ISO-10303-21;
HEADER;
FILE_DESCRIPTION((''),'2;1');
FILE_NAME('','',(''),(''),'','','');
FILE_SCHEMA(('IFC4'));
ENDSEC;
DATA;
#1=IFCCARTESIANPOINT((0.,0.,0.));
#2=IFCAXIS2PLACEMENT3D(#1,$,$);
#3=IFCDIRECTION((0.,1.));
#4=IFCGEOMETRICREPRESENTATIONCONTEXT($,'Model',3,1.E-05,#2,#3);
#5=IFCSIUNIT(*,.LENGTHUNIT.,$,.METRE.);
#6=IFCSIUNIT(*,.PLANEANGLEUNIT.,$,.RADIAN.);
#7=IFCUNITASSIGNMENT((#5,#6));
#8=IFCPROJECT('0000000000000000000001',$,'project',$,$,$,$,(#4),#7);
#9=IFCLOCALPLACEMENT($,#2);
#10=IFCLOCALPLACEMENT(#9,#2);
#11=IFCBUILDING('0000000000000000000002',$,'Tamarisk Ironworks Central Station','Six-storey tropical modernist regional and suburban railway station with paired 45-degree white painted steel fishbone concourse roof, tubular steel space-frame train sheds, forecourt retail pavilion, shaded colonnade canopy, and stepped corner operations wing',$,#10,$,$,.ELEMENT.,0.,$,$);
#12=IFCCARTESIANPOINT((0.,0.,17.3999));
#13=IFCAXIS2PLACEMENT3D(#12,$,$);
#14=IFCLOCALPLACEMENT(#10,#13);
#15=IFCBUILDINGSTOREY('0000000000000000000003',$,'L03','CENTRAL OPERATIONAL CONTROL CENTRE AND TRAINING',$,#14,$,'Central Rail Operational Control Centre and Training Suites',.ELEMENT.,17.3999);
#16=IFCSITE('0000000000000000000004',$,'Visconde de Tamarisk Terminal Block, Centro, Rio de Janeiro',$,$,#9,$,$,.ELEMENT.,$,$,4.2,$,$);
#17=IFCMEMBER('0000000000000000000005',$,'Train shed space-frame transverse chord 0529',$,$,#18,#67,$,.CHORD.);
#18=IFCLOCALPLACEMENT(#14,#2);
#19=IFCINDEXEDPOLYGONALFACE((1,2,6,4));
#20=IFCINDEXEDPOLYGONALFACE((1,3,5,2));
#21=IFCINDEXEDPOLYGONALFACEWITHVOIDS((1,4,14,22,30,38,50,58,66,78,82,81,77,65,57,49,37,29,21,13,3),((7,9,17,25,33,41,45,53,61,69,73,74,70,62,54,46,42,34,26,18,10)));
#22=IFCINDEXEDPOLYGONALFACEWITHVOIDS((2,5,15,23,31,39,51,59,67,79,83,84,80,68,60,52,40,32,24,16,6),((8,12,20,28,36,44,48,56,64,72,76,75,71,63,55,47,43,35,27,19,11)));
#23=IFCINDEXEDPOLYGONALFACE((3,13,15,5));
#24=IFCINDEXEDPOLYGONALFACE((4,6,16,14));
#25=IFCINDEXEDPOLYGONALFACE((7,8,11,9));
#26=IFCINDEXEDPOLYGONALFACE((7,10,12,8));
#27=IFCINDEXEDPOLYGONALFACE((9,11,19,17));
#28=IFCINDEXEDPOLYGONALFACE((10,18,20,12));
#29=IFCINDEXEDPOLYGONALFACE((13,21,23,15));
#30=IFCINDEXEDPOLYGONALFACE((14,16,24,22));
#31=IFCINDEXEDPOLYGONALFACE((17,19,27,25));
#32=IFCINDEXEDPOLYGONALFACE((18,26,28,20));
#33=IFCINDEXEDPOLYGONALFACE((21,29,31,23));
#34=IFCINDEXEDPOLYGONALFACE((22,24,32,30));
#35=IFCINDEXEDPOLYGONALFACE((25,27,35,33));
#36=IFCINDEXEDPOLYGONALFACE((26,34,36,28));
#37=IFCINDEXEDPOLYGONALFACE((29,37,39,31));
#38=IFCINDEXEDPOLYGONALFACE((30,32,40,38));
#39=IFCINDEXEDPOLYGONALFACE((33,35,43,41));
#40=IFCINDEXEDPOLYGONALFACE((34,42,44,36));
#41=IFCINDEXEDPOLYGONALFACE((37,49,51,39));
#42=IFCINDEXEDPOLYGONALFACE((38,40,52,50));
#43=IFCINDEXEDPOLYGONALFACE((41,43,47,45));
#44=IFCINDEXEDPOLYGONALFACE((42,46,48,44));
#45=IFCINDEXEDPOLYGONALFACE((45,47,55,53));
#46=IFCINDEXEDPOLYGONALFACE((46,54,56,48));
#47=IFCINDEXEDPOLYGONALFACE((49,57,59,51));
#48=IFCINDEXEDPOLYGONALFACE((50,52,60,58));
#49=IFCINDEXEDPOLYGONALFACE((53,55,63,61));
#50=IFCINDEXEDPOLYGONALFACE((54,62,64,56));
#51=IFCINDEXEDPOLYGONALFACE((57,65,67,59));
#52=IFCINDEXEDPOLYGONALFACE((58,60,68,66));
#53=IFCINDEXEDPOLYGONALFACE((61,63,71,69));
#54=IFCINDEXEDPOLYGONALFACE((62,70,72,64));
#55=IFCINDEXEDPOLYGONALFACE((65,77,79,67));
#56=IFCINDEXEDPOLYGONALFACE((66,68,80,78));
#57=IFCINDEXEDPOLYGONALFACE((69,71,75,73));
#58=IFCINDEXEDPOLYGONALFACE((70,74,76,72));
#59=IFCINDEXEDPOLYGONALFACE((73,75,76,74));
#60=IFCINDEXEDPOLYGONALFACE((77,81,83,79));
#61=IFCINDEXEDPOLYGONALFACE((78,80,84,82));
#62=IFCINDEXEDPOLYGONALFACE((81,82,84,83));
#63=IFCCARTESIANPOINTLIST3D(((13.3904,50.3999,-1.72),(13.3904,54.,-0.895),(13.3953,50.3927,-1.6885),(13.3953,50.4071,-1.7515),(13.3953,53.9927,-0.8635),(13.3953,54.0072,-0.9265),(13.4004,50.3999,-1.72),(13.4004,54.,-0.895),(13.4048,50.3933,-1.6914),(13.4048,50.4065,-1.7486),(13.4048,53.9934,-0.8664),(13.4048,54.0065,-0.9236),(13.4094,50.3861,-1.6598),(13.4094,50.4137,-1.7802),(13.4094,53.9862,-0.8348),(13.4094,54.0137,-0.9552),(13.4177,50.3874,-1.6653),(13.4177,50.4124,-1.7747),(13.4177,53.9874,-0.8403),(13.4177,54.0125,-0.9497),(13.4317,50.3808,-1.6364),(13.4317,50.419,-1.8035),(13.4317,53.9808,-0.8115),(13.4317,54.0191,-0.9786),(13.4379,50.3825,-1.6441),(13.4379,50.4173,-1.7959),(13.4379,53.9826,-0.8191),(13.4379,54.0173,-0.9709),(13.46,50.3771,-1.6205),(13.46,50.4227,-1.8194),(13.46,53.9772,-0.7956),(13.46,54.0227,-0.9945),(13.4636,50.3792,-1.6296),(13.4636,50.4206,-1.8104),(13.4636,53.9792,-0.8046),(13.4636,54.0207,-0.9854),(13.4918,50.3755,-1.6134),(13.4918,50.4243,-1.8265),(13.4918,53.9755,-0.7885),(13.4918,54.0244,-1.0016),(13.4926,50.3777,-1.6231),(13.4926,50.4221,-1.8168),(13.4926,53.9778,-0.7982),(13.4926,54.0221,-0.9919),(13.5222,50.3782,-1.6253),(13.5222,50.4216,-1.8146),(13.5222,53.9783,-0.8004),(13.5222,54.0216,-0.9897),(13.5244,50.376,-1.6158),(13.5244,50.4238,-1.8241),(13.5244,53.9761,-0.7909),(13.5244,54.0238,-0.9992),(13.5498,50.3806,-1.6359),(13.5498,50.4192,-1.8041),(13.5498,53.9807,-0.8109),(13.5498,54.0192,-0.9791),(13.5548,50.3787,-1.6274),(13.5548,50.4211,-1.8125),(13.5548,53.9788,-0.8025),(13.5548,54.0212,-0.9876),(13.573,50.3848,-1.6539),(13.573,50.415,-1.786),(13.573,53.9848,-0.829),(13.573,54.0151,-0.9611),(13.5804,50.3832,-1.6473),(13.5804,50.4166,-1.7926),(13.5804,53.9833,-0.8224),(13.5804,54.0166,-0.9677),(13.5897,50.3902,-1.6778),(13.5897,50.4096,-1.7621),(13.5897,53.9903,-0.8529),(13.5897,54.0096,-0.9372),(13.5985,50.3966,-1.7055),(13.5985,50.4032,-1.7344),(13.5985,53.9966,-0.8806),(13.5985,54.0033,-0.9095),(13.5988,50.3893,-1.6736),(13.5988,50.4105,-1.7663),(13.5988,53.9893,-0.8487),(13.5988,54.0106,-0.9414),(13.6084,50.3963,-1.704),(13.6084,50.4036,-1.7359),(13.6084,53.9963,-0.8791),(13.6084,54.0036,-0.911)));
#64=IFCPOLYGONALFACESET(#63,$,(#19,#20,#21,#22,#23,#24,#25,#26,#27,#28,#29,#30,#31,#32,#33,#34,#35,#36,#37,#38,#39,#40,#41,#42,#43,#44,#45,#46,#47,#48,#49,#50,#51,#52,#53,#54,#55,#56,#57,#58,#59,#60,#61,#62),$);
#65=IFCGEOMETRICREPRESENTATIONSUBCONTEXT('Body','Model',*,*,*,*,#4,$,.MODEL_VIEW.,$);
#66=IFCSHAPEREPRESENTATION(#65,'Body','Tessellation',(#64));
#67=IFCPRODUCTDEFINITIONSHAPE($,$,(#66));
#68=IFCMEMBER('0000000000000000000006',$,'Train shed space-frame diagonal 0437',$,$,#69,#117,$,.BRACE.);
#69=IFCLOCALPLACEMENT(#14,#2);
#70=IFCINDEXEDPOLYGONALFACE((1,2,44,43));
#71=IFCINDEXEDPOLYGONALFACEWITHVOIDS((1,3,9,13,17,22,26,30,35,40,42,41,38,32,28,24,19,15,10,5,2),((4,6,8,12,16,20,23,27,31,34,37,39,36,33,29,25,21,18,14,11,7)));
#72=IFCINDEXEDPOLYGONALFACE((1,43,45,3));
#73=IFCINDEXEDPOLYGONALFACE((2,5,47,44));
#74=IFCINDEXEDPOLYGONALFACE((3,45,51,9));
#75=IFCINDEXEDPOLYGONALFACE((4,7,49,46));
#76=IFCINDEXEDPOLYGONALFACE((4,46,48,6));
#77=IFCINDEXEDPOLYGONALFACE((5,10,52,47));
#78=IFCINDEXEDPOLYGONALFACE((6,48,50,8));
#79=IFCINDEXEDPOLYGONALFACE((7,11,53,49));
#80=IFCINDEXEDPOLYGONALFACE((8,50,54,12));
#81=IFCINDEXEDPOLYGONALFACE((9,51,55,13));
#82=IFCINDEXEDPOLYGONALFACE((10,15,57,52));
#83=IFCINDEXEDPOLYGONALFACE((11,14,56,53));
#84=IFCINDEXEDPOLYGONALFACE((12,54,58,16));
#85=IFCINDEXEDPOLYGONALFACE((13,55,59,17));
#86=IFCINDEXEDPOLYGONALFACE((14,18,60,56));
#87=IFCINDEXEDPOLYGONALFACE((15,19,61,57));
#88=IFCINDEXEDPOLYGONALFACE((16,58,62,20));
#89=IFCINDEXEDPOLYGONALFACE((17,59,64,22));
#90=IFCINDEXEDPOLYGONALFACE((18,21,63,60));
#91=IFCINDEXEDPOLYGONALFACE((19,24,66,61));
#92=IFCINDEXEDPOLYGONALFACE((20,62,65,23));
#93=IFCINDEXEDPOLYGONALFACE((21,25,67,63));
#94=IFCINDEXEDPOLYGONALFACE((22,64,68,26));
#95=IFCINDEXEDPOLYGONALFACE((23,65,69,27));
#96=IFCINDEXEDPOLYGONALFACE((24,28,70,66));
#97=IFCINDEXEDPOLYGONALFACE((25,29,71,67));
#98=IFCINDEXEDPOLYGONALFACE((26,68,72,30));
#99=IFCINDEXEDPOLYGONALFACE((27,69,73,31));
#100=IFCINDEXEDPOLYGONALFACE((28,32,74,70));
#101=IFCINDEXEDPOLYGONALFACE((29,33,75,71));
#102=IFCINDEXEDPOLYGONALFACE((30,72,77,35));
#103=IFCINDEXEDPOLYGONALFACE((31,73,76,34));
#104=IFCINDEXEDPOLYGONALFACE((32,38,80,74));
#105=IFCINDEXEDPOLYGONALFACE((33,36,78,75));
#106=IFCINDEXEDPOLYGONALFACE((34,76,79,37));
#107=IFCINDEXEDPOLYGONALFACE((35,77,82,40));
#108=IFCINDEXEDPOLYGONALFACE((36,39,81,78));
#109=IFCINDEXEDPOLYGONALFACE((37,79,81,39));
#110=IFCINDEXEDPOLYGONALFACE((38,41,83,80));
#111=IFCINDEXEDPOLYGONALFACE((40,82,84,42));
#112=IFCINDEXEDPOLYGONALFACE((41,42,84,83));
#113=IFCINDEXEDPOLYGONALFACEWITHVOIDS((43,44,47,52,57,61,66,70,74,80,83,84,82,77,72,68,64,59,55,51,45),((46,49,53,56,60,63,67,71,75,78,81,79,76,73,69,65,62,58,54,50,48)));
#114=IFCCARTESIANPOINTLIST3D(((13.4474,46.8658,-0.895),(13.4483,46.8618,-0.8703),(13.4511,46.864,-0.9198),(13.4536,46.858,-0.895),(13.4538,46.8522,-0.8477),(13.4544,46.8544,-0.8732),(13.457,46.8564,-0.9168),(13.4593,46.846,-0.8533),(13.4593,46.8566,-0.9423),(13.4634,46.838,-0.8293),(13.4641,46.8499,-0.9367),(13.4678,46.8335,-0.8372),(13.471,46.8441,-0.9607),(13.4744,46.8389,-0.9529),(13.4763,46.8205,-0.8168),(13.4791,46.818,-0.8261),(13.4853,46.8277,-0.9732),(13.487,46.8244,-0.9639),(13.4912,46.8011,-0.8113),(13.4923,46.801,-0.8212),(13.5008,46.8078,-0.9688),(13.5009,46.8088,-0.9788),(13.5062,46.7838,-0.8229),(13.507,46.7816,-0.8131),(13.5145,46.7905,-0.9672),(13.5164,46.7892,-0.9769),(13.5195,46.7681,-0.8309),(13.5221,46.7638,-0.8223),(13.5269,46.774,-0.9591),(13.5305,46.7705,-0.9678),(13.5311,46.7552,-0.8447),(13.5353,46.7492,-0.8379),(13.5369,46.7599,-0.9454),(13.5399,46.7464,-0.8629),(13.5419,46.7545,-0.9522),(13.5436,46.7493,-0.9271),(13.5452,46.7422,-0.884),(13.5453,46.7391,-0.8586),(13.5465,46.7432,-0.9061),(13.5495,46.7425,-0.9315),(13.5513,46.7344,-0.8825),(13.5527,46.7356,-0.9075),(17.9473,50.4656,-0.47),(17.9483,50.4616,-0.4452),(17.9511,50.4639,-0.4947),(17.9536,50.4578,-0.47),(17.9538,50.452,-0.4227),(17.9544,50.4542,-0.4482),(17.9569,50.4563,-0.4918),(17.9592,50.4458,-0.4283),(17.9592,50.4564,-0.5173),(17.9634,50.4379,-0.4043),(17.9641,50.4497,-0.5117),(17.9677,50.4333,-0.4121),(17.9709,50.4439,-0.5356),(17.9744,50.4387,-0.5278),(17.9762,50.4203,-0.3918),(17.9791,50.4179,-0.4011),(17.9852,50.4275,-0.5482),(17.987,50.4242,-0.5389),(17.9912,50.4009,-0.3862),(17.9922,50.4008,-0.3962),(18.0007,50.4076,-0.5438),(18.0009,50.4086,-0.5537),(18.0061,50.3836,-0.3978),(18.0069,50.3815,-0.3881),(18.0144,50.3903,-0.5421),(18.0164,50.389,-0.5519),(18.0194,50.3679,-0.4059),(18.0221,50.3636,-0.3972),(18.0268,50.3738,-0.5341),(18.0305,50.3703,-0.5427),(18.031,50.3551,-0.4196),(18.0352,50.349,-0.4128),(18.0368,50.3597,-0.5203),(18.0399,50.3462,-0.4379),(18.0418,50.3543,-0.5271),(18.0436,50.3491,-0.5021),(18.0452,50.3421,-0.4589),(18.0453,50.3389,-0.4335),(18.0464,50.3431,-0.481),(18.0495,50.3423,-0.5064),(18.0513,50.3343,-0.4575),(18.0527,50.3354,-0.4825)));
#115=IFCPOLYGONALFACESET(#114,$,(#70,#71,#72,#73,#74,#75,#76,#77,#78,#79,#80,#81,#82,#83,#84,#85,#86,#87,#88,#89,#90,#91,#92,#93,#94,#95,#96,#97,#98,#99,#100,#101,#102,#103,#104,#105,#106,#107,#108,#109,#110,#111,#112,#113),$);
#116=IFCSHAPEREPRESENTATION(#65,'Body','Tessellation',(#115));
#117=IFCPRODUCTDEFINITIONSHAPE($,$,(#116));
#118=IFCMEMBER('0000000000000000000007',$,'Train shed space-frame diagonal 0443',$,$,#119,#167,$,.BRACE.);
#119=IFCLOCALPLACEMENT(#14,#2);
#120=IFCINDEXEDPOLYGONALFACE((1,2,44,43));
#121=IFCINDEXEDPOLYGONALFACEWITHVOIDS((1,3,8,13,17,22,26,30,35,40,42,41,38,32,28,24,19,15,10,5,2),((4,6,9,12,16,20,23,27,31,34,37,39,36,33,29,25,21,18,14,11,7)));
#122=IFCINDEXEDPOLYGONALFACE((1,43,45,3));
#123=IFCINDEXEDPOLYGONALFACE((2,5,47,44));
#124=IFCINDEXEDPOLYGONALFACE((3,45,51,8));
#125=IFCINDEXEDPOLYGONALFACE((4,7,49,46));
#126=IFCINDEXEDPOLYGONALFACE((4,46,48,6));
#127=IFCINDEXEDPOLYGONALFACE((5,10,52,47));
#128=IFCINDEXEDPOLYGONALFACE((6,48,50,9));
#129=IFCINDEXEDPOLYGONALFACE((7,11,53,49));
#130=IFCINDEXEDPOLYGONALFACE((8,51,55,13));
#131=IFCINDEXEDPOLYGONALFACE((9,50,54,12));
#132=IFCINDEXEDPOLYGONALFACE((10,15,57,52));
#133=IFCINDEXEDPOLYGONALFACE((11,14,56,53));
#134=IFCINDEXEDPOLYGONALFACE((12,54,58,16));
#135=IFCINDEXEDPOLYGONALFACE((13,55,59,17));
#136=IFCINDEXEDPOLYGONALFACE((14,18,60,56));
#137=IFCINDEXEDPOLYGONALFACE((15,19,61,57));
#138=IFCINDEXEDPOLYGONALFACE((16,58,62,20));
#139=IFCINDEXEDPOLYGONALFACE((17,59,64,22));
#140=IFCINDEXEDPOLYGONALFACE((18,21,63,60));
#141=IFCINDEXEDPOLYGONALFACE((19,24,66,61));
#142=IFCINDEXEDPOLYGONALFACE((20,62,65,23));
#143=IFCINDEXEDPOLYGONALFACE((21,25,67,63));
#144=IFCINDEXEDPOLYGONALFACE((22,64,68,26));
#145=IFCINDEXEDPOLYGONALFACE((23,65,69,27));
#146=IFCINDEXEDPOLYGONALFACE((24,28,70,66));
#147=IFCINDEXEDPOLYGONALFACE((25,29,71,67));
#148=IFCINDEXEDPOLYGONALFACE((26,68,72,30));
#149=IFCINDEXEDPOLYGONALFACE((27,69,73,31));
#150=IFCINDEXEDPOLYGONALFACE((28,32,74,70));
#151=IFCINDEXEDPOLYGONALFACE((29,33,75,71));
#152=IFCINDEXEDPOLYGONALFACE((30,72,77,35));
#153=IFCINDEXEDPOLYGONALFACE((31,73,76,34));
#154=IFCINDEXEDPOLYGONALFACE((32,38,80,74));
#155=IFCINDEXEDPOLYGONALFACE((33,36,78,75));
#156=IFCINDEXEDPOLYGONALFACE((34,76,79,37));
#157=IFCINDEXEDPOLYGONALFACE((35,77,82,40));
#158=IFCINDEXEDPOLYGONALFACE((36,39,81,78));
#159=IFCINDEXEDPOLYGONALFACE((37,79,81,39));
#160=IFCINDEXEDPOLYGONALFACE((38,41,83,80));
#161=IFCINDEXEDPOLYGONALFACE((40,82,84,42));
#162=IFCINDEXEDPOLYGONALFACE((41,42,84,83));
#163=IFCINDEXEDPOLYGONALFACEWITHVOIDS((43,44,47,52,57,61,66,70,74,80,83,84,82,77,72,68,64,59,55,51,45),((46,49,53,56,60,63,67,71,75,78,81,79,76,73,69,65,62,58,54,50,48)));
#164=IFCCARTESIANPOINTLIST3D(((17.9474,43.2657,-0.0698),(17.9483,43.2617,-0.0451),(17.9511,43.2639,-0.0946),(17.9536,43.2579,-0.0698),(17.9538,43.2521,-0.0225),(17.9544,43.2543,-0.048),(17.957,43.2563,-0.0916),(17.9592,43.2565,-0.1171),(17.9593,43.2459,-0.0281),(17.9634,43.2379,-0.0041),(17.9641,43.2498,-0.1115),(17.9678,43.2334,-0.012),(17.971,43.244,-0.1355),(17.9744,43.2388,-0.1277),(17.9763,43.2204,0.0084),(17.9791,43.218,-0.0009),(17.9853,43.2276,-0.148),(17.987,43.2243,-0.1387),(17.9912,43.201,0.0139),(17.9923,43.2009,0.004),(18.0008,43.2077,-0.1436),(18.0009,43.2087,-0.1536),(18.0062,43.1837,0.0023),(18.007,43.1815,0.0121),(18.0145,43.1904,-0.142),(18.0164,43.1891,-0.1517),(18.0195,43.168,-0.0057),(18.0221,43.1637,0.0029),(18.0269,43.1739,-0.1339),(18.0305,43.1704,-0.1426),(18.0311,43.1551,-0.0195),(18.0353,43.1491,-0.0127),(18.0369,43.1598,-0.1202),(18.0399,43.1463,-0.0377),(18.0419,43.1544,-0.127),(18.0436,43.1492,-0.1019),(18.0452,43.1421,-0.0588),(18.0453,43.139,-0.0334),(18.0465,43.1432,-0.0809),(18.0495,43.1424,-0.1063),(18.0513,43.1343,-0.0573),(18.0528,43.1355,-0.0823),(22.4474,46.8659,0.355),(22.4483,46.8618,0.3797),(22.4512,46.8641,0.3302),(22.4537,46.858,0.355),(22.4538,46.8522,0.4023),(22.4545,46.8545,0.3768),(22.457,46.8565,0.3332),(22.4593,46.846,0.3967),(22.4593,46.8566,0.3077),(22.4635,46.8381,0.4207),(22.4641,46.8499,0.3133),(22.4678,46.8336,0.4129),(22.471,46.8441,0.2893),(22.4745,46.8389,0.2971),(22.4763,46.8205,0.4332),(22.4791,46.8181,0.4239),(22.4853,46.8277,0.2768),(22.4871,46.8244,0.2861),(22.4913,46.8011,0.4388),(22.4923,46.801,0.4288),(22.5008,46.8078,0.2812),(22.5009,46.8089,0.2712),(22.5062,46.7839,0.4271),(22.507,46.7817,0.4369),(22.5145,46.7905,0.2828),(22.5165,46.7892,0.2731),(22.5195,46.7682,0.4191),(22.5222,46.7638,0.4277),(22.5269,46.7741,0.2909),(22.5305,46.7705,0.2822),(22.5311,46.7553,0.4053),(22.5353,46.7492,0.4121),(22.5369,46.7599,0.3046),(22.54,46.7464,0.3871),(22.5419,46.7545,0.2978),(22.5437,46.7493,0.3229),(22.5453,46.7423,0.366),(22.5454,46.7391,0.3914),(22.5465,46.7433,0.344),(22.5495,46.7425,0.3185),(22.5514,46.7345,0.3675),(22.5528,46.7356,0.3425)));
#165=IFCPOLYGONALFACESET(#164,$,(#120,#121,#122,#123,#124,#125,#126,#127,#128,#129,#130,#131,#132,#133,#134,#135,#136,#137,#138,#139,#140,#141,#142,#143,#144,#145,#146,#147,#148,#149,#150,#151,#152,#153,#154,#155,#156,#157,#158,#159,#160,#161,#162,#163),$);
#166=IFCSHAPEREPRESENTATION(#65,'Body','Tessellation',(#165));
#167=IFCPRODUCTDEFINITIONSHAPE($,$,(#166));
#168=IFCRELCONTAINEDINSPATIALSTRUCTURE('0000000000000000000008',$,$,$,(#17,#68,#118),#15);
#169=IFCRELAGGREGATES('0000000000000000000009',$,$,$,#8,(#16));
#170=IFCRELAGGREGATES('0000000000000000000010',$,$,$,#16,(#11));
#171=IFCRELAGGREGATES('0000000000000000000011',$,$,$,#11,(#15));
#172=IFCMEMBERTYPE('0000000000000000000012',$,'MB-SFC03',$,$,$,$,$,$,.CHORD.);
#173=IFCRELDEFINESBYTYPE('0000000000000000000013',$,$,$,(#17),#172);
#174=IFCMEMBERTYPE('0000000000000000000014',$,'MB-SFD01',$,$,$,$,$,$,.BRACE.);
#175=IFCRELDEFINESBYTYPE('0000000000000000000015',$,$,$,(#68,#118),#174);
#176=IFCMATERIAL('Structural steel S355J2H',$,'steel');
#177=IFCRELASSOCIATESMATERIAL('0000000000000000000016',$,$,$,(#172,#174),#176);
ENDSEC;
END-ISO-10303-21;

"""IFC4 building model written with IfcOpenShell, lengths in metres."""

from ifc_helpers import new_model, si_unit, direction, frame, origin, origin_2d, place, context, subcontext, project, spatial, hollow_circle, extrude, material, material_profile, profile_set, type_object, element, save


model = new_model("IFC4")

# Units and contexts
model_context = context("Model", 3, precision=1e-05, world=origin(), true_north=direction((0.0, 1.0)))
body_context = subcontext(model_context, "Body", "Model", "MODEL_VIEW")
ifc_project = project(units=[si_unit("LENGTHUNIT", "METRE"), si_unit("PLANEANGLEUNIT", "RADIAN")], contexts=[model_context])

# Site, building, storey
site_placement = place(None, origin())
site = spatial("IfcSite", under=ifc_project, at=site_placement, Name="Visconde de Tamarisk Terminal Block, Centro, Rio de Janeiro", CompositionType="ELEMENT", RefElevation=4.2)
building_placement = place(site_placement, origin())
building = spatial("IfcBuilding", under=site, at=building_placement, Name="Tamarisk Ironworks Central Station", Description="Six-storey tropical modernist regional and suburban railway station with paired 45-degree white painted steel fishbone concourse roof, tubular steel space-frame train sheds, forecourt retail pavilion, shaded colonnade canopy, and stepped corner operations wing", CompositionType="ELEMENT", ElevationOfRefHeight=0.0)
storey_placement = place(building_placement, frame((0.0, 0.0, 17.3999)))
storey = spatial("IfcBuildingStorey", under=building, at=storey_placement, Name="L03", Description="CENTRAL OPERATIONAL CONTROL CENTRE AND TRAINING", LongName="Central Rail Operational Control Centre and Training Suites", CompositionType="ELEMENT", Elevation=17.3999)

# Members
ifc_material = material(Name="Structural steel S355J2H", Category="steel")
ifc_material_profile_1 = material_profile(ifc_material, hollow_circle(Radius=0.1096, WallThickness=0.01, at=origin_2d()), Name="CHS 219.1x10")
ifc_profile_set_1 = profile_set([ifc_material_profile_1], Name="Structural steel S355J2H")
member_type_1 = type_object("IfcMemberType", Name="MB-SFC03", PredefinedType="CHORD", material=ifc_profile_set_1)
member_1_placement = place(storey_placement, frame((13.5, 50.3999, -1.72), z_axis=(0.0, 0.974737, 0.223358), x_axis=(-1.0, 0.0, 0.0)))
element("IfcMember", 1, at=member_1_placement, inside=storey, type_object=member_type_1, Name="Train shed space-frame transverse chord 0529", PredefinedType="CHORD", context=body_context, shape_type="SweptSolid", body=[
    extrude(hollow_circle(Radius=0.1096, WallThickness=0.01, at=origin_2d()), origin(), (0.0, 0.0, 1.0), 3.6934),
])
ifc_material_profile_2 = material_profile(ifc_material, hollow_circle(Radius=0.0842, WallThickness=0.01, at=origin_2d()), Name="CHS 168.3x10")
ifc_profile_set_2 = profile_set([ifc_material_profile_2], Name="Structural steel S355J2H")
member_type_2 = type_object("IfcMemberType", Name="MB-SFD01", PredefinedType="BRACE", material=ifc_profile_set_2)
member_2_placement = place(storey_placement, frame((13.5, 46.8, -0.895), z_axis=(0.778766, 0.622987, 0.073559), x_axis=(-0.62468, 0.780881, 0.0)))
element("IfcMember", 2, at=member_2_placement, inside=storey, type_object=member_type_2, Name="Train shed space-frame diagonal 0437", PredefinedType="BRACE", context=body_context, shape_type="SweptSolid", body=[
    extrude(hollow_circle(Radius=0.0842, WallThickness=0.01, at=origin_2d()), origin(), (0.0, 0.0, 1.0), 5.7783),
])
member_3_placement = place(storey_placement, frame((18.0, 43.2, -0.0698), z_axis=(0.778748, 0.623015, 0.073515), x_axis=(-0.624705, 0.780861, 0.0)))
element("IfcMember", 3, at=member_3_placement, inside=storey, type_object=member_type_2, Name="Train shed space-frame diagonal 0443", PredefinedType="BRACE", context=body_context, shape_type="SweptSolid", body=[
    extrude(hollow_circle(Radius=0.0842, WallThickness=0.01, at=origin_2d()), origin(), (0.0, 0.0, 1.0), 5.7786),
])

save(model, "model.ifc")
